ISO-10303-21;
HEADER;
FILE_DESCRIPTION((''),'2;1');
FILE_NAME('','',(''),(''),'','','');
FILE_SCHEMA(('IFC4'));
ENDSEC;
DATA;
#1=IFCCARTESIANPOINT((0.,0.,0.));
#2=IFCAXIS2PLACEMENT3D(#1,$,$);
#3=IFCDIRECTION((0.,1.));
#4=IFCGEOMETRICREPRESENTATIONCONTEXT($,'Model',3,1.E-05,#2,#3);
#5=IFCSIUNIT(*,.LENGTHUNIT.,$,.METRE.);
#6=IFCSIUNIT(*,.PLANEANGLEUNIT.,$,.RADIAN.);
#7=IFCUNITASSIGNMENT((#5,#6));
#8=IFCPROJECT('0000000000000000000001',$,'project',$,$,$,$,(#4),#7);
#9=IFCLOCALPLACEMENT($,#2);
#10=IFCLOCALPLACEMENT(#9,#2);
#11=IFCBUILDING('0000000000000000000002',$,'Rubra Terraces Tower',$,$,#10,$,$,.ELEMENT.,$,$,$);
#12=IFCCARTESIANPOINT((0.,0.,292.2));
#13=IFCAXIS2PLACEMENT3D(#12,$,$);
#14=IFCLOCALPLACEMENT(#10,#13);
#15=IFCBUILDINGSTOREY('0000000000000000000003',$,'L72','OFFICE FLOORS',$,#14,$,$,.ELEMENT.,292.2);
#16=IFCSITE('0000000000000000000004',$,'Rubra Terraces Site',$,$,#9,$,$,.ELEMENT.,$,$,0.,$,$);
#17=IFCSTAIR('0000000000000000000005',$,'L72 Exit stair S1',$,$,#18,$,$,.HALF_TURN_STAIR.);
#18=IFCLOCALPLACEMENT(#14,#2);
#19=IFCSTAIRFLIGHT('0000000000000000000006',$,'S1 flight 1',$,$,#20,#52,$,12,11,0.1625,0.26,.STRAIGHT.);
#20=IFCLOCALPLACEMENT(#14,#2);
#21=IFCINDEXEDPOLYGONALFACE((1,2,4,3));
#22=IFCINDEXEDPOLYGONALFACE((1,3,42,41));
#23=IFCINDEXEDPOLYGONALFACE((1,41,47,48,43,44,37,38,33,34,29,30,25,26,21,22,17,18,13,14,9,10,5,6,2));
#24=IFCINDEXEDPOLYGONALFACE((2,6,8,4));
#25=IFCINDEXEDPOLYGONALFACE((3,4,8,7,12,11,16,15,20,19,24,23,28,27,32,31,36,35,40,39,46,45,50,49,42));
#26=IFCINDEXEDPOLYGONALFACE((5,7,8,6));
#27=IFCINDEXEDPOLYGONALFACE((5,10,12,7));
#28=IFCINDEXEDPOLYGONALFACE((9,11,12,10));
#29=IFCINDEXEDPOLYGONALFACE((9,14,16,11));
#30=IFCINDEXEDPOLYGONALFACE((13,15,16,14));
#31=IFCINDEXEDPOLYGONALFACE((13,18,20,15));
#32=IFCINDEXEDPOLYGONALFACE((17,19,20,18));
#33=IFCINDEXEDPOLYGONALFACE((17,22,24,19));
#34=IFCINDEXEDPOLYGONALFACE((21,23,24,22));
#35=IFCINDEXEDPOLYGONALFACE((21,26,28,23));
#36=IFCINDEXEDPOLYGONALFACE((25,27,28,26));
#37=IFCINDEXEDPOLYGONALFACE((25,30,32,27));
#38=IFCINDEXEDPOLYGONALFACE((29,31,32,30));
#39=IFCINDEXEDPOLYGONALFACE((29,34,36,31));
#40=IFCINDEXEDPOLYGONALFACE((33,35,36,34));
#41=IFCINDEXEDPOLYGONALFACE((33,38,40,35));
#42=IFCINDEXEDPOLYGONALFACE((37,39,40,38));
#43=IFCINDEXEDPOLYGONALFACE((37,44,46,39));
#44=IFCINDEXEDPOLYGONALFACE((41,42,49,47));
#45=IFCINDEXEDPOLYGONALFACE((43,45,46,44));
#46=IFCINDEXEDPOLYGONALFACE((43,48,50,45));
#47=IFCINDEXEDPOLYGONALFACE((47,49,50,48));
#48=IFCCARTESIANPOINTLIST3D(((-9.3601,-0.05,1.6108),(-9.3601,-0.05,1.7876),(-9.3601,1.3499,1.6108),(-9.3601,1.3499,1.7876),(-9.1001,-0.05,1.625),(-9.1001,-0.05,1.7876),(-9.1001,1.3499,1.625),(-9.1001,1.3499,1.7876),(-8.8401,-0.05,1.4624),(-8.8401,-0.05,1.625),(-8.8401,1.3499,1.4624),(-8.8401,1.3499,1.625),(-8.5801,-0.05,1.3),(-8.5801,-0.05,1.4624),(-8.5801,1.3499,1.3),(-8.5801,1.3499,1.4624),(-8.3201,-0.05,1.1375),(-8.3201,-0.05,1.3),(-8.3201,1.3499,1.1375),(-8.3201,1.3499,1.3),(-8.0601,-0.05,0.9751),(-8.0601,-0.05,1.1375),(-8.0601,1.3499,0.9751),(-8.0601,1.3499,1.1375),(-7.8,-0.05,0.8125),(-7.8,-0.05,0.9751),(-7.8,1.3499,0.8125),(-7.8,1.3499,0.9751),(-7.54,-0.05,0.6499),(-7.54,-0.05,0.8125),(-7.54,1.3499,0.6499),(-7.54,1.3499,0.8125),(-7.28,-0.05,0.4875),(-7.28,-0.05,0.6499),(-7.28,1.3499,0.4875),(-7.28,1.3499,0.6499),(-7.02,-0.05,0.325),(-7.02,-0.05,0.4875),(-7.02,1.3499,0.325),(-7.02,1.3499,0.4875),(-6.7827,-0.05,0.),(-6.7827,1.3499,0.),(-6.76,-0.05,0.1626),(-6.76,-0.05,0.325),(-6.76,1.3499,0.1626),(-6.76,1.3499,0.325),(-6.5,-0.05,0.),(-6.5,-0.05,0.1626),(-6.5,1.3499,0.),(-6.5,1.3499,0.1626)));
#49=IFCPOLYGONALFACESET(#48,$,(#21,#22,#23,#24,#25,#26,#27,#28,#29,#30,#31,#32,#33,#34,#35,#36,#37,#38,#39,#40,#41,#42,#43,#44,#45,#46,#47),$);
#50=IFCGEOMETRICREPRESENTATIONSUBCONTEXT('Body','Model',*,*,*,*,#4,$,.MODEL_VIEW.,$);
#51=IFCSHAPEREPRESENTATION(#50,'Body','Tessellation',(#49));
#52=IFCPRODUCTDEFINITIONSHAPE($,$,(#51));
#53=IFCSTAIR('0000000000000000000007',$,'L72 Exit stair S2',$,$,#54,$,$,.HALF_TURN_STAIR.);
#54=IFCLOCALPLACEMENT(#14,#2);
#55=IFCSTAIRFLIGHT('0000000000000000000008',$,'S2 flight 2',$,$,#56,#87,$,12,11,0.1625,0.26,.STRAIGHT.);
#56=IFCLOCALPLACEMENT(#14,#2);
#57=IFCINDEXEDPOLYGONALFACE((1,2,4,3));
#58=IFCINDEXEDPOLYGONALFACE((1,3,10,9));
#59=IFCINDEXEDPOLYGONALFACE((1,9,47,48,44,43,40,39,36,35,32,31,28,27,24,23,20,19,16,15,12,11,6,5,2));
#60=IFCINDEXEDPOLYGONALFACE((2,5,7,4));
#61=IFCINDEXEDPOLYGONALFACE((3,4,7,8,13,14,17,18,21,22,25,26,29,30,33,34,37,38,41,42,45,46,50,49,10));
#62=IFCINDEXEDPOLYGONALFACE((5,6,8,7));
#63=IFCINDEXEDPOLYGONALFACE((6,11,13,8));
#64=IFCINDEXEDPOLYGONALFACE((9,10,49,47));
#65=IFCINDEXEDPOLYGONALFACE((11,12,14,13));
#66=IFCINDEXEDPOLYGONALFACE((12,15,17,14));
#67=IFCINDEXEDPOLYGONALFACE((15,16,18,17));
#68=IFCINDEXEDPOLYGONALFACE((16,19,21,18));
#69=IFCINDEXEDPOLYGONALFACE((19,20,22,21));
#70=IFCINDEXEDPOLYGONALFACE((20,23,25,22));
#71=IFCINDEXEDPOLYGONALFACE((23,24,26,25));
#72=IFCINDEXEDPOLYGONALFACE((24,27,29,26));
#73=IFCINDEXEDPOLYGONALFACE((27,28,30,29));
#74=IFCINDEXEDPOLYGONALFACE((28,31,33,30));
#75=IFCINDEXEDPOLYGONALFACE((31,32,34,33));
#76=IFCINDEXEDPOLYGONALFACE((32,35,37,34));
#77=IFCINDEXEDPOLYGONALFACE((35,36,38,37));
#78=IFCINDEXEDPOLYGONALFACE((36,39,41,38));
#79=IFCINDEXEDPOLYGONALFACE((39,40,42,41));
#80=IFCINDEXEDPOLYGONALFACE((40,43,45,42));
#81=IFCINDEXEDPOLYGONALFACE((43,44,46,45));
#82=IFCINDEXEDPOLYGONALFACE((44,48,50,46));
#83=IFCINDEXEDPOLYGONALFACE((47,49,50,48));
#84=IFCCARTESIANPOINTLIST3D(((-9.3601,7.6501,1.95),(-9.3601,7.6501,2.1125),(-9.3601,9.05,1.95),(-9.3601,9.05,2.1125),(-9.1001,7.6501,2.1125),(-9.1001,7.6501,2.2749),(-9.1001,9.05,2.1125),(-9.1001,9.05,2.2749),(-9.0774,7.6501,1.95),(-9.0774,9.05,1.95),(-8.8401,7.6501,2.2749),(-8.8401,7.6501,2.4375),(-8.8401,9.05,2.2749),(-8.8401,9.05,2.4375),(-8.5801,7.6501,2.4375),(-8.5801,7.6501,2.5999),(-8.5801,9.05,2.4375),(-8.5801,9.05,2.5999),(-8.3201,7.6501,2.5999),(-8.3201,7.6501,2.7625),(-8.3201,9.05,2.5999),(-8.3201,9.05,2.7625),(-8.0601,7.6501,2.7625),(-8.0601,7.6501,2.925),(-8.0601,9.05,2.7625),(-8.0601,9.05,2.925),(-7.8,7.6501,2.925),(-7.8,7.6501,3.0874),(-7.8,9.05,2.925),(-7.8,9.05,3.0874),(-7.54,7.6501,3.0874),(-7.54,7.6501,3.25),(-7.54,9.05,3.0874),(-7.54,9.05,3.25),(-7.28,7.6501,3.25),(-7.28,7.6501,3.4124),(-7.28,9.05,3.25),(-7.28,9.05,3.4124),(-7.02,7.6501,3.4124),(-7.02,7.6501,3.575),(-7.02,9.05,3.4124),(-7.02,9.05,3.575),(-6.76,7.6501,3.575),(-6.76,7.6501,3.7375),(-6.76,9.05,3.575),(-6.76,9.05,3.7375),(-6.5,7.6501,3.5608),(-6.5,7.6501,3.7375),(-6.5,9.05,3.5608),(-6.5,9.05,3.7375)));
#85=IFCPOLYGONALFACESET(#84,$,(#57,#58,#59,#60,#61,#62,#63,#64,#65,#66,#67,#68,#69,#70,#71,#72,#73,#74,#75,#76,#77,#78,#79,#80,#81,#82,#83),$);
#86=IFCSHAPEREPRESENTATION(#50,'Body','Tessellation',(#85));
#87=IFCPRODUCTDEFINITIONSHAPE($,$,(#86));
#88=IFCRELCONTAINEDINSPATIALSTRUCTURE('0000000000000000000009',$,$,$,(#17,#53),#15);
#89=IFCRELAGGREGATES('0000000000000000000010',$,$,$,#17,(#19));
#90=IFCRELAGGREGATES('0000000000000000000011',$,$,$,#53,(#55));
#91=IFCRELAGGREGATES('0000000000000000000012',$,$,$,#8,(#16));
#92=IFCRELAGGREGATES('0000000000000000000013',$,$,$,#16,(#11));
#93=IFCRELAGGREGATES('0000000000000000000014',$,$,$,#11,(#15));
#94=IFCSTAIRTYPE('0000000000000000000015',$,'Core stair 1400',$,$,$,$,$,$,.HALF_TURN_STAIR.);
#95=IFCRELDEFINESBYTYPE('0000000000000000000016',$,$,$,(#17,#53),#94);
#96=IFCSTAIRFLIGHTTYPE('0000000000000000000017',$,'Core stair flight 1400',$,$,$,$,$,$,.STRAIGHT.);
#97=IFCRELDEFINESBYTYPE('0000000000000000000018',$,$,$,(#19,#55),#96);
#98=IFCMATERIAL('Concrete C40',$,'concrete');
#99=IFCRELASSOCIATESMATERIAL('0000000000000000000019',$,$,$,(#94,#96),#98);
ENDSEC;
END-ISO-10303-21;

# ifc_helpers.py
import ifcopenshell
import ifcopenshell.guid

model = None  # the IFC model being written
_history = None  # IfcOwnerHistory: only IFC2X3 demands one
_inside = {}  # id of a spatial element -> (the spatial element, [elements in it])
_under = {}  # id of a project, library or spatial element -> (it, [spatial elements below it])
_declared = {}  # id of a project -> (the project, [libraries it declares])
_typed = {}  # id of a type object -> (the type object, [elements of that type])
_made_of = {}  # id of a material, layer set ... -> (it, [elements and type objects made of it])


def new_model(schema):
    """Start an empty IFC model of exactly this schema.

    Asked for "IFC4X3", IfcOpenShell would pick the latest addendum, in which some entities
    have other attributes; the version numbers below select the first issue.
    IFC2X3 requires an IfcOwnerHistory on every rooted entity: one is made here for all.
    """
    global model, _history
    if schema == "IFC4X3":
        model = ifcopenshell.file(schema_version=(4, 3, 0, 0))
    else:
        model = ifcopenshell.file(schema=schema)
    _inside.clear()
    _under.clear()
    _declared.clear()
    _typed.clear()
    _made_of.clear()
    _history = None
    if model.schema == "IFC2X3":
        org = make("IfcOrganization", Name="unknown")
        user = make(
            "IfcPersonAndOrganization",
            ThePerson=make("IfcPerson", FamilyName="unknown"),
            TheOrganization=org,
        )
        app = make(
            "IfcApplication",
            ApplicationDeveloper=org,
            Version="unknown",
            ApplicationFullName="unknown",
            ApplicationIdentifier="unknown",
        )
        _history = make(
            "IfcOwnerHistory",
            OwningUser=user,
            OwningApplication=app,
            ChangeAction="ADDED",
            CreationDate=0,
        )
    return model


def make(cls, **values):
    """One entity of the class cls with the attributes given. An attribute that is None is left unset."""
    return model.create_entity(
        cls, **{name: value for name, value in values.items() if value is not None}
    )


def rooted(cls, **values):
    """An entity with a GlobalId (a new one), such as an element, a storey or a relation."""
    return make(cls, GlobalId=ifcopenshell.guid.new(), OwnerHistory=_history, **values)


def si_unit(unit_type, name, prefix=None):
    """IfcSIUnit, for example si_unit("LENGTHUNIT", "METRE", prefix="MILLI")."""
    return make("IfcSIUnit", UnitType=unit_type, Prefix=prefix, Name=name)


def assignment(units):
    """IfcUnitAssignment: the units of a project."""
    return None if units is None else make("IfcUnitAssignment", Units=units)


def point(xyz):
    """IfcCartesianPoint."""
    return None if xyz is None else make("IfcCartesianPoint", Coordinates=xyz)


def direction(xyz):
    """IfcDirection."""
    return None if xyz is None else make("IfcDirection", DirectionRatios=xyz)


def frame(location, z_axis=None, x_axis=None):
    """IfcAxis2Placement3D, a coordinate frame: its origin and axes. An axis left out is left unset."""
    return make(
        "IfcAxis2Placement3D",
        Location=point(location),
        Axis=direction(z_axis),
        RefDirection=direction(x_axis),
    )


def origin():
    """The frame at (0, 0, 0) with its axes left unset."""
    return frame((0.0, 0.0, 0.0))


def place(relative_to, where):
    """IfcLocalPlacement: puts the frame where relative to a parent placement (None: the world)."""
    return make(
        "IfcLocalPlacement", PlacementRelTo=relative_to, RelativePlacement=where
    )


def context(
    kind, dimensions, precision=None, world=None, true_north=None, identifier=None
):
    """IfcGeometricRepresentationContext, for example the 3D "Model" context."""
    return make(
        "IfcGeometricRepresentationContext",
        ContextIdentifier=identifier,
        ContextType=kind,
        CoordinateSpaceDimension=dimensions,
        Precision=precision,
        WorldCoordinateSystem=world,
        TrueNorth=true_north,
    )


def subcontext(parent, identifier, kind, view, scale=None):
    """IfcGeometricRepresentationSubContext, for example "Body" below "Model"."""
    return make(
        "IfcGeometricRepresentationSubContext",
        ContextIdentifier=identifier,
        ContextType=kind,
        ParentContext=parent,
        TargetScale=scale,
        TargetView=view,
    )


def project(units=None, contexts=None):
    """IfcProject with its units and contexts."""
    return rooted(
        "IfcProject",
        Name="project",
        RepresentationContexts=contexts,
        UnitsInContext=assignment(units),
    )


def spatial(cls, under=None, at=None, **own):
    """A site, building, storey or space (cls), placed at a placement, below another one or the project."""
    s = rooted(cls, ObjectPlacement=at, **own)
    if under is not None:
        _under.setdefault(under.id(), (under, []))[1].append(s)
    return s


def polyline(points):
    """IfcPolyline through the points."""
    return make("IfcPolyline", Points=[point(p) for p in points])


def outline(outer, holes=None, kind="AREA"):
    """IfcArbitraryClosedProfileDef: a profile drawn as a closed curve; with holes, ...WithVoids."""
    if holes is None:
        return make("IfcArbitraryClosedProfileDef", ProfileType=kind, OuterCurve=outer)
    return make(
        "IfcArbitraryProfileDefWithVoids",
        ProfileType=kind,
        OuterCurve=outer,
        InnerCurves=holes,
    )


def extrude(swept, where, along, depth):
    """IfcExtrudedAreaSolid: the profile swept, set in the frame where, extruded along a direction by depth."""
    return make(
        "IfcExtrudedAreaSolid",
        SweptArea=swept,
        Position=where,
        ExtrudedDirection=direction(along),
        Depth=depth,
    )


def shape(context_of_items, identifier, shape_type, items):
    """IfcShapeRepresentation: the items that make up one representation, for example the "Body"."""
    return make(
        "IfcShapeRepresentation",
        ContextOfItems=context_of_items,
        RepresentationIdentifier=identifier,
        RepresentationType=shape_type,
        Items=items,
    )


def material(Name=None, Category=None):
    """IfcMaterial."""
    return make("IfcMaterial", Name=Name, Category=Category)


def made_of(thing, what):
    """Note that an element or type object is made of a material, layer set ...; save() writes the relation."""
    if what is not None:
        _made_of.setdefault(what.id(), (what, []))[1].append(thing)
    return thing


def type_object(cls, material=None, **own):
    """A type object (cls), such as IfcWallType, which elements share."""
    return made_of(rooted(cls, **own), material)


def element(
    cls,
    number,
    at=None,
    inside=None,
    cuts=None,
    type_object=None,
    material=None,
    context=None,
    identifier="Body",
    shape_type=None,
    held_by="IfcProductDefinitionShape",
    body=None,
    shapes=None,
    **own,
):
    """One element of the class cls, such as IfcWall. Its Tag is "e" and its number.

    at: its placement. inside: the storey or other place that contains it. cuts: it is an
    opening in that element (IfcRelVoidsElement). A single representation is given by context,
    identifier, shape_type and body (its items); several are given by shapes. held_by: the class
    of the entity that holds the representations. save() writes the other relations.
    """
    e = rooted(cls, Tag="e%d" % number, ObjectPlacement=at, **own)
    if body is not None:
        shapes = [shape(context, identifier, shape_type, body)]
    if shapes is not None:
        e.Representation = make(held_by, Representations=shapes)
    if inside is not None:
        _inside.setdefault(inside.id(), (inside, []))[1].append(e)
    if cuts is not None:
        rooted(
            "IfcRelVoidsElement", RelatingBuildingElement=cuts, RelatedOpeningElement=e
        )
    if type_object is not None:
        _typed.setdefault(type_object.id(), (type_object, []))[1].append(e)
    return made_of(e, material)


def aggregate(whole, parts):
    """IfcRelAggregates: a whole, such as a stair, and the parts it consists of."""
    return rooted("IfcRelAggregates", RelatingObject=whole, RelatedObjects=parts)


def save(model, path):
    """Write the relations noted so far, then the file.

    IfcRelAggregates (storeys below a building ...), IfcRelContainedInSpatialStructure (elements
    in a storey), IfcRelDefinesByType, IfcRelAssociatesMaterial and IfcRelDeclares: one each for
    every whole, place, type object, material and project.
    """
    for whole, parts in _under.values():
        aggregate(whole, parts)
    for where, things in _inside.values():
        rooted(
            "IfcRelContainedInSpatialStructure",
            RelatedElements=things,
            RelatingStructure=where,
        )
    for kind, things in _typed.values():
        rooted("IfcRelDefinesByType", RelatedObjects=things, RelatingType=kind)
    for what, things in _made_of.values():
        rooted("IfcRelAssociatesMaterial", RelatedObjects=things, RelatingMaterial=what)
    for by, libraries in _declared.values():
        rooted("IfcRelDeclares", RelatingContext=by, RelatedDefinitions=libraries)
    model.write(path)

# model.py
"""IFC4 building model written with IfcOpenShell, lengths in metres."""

from ifc_helpers import new_model, si_unit, direction, frame, origin, place, context, subcontext, project, spatial, polyline, outline, extrude, material, type_object, element, aggregate, save


model = new_model("IFC4")

# Units and contexts
model_context = context("Model", 3, precision=1e-05, world=origin(), true_north=direction((0.0, 1.0)))
body_context = subcontext(model_context, "Body", "Model", "MODEL_VIEW")
ifc_project = project(units=[si_unit("LENGTHUNIT", "METRE"), si_unit("PLANEANGLEUNIT", "RADIAN")], contexts=[model_context])

# Site, building, storey
site_placement = place(None, origin())
site = spatial("IfcSite", under=ifc_project, at=site_placement, Name="Rubra Terraces Site", CompositionType="ELEMENT", RefElevation=0.0)
building_placement = place(site_placement, origin())
building = spatial("IfcBuilding", under=site, at=building_placement, Name="Rubra Terraces Tower", CompositionType="ELEMENT")
storey_placement = place(building_placement, frame((0.0, 0.0, 292.2)))
storey = spatial("IfcBuildingStorey", under=building, at=storey_placement, Name="L72", Description="OFFICE FLOORS", CompositionType="ELEMENT", Elevation=292.2)

# Shared definitions
ifc_material_1 = material(Name="Concrete C40", Category="concrete")

# Stairs, stair flights
stair_type = type_object("IfcStairType", Name="Core stair 1400", PredefinedType="HALF_TURN_STAIR", material=ifc_material_1)
stair_1_placement = place(storey_placement, origin())
stair_1 = element("IfcStair", 1, at=stair_1_placement, inside=storey, type_object=stair_type, Name="L72 Exit stair S1", PredefinedType="HALF_TURN_STAIR")
stair_flight_type = type_object("IfcStairFlightType", Name="Core stair flight 1400", PredefinedType="STRAIGHT", material=ifc_material_1)
stair_flight_1_placement = place(storey_placement, frame((-6.5, 0.6499, 0.0), z_axis=(0.0, 0.0, 1.0), x_axis=(-1.0, 0.0, 0.0)))
stair_flight_1 = element("IfcStairFlight", 2, at=stair_flight_1_placement, type_object=stair_flight_type, Name="S1 flight 1", NumberOfRisers=12, NumberOfTreads=11, PredefinedType="STRAIGHT", RiserHeight=0.1625, TreadLength=0.26, context=body_context, shape_type="SweptSolid", body=[
    extrude(outline(polyline([(0.0, 0.0), (0.0, 0.1626), (0.26, 0.1626), (0.26, 0.325), (0.52, 0.325), (0.52, 0.4875), (0.78, 0.4875), (0.78, 0.6499), (1.04, 0.6499), (1.04, 0.8125), (1.3, 0.8125), (1.3, 0.9751), (1.5601, 0.9751), (1.5601, 1.1375), (1.8201, 1.1375), (1.8201, 1.3), (2.0801, 1.3), (2.0801, 1.4624), (2.3401, 1.4624), (2.3401, 1.625), (2.6001, 1.625), (2.6001, 1.7876), (2.8601, 1.7876), (2.8601, 1.95), (2.8601, 1.6108), (0.2827, 0.0), (0.0, 0.0)])), frame((0.0, 0.7, 0.0), z_axis=(0.0, -1.0, 0.0), x_axis=(1.0, 0.0, 0.0)), (0.0, 0.0, 1.0), 1.3999),
])
aggregate(stair_1, [stair_flight_1])
stair_2_placement = place(storey_placement, origin())
stair_2 = element("IfcStair", 3, at=stair_2_placement, inside=storey, type_object=stair_type, Name="L72 Exit stair S2", PredefinedType="HALF_TURN_STAIR")
stair_flight_2_placement = place(storey_placement, frame((-9.3601, 8.3501, 1.95), z_axis=(0.0, 0.0, 1.0), x_axis=(1.0, 0.0, 0.0)))
stair_flight_2 = element("IfcStairFlight", 4, at=stair_flight_2_placement, type_object=stair_flight_type, Name="S2 flight 2", NumberOfRisers=12, NumberOfTreads=11, PredefinedType="STRAIGHT", RiserHeight=0.1625, TreadLength=0.26, context=body_context, shape_type="SweptSolid", body=[
    extrude(outline(polyline([(0.0, 0.0), (0.0, 0.1626), (0.26, 0.1626), (0.26, 0.325), (0.52, 0.325), (0.52, 0.4875), (0.78, 0.4875), (0.78, 0.6499), (1.04, 0.6499), (1.04, 0.8125), (1.3, 0.8125), (1.3, 0.9751), (1.5601, 0.9751), (1.5601, 1.1375), (1.8201, 1.1375), (1.8201, 1.3), (2.0801, 1.3), (2.0801, 1.4624), (2.3401, 1.4624), (2.3401, 1.625), (2.6001, 1.625), (2.6001, 1.7876), (2.8601, 1.7876), (2.8601, 1.95), (2.8601, 1.6108), (0.2827, 0.0), (0.0, 0.0)])), frame((0.0, 0.7, 0.0), z_axis=(0.0, -1.0, 0.0), x_axis=(1.0, 0.0, 0.0)), (0.0, 0.0, 1.0), 1.3999),
])
aggregate(stair_2, [stair_flight_2])

save(model, "model.ifc")
